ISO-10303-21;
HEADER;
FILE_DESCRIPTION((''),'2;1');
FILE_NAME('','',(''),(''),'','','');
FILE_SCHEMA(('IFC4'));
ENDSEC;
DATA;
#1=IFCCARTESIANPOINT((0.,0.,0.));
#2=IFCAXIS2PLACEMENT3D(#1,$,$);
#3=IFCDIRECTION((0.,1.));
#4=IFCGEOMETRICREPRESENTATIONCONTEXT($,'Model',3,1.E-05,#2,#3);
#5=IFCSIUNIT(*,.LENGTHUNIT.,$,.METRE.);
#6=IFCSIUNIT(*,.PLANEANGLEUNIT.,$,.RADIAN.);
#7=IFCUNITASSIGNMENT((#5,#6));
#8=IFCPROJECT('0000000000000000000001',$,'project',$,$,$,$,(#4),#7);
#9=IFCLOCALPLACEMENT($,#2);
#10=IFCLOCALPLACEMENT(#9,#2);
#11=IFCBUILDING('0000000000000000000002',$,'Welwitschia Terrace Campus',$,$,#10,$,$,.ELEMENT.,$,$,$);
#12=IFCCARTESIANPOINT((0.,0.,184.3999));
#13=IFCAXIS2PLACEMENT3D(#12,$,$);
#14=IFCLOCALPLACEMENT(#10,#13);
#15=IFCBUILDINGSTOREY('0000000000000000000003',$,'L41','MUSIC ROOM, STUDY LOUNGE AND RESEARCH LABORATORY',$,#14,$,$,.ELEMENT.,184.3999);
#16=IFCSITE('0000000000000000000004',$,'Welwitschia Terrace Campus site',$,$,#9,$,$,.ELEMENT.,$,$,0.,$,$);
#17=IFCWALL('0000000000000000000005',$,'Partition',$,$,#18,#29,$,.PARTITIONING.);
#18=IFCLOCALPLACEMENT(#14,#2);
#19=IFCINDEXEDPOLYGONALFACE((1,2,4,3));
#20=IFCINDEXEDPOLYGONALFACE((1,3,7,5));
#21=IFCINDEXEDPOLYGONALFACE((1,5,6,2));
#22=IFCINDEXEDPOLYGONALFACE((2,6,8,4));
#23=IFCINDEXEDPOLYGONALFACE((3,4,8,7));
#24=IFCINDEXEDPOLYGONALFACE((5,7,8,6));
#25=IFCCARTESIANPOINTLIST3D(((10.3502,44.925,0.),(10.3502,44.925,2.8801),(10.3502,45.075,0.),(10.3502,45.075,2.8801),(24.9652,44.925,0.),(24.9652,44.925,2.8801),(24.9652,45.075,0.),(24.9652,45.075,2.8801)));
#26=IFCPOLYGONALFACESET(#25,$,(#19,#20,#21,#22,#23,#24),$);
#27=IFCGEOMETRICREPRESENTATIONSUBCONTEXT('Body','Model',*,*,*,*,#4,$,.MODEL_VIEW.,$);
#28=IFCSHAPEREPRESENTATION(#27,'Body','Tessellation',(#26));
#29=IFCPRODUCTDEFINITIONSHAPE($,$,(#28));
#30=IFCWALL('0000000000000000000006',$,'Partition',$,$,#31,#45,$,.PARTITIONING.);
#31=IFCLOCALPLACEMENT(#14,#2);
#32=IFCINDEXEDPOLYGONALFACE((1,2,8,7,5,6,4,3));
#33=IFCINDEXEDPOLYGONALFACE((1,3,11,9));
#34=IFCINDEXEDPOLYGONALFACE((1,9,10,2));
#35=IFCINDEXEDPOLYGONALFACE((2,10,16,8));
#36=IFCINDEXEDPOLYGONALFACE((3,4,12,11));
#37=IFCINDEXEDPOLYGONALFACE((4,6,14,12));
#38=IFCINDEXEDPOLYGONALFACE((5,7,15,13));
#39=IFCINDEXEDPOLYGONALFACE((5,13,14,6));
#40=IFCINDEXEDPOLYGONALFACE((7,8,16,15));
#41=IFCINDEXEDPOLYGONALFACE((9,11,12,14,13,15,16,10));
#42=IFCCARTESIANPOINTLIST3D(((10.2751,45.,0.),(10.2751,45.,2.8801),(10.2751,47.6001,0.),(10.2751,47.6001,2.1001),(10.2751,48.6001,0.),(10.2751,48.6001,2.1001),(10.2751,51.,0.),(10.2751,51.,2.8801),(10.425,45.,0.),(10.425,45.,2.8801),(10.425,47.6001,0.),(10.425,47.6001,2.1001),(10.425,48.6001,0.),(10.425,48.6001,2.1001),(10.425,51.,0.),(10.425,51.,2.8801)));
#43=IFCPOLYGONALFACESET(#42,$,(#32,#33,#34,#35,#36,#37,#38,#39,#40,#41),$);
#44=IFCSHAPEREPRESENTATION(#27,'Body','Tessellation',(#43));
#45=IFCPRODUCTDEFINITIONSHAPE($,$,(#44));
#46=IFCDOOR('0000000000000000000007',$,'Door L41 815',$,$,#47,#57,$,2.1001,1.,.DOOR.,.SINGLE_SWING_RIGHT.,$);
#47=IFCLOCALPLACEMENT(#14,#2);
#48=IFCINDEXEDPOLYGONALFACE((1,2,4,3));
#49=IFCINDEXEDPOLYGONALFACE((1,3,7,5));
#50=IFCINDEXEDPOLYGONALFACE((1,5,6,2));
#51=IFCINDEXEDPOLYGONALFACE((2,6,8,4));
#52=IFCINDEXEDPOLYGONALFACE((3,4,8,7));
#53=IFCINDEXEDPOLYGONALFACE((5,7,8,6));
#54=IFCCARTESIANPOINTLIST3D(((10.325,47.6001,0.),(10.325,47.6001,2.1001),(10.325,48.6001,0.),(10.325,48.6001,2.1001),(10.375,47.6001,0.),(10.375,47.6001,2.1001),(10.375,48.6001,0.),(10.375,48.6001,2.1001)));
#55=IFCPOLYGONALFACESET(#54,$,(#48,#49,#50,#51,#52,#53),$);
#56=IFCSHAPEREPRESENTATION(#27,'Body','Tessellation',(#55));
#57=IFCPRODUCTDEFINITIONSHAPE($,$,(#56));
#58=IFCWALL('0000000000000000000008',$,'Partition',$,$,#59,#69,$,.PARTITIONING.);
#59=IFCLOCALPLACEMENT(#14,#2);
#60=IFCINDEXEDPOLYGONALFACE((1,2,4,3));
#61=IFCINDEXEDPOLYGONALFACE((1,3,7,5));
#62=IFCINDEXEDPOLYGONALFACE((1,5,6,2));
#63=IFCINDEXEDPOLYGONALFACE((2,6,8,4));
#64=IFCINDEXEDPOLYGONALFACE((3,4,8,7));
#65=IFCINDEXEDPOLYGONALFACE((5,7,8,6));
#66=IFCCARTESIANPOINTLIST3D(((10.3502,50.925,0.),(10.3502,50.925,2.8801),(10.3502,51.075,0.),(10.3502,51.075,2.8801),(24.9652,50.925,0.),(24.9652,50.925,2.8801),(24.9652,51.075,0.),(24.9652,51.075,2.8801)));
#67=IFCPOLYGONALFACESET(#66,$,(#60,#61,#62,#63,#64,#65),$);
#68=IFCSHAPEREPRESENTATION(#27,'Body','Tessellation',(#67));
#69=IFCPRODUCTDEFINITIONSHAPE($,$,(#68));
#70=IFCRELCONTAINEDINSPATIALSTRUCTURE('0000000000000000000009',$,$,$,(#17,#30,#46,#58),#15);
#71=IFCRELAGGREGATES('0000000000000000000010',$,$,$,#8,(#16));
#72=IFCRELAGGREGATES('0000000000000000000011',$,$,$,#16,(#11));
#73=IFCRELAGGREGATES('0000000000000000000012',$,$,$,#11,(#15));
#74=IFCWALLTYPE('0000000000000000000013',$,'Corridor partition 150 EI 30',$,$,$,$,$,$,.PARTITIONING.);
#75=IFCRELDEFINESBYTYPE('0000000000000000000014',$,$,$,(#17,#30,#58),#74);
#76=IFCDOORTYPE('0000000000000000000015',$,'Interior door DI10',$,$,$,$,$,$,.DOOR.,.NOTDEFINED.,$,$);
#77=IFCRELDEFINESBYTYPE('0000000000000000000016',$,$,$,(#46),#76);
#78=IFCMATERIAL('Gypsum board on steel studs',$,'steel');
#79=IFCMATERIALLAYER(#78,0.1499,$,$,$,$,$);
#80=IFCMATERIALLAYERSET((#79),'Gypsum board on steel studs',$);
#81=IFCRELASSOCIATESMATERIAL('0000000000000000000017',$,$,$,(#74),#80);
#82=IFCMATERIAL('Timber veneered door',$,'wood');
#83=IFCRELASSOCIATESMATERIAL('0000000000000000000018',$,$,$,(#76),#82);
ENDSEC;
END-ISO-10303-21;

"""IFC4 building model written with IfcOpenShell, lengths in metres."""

from ifc_helpers import new_model, si_unit, direction, frame, frame_2d, origin, place, context, subcontext, project, spatial, rectangle, extrude, material, layer, layer_set, type_object, element, fill, save


model = new_model("IFC4")

# Units and contexts
model_context = context("Model", 3, precision=1e-05, world=origin(), true_north=direction((0.0, 1.0)))
body_context = subcontext(model_context, "Body", "Model", "MODEL_VIEW")
ifc_project = project(units=[si_unit("LENGTHUNIT", "METRE"), si_unit("PLANEANGLEUNIT", "RADIAN")], contexts=[model_context])

# Site, building, storey
site_placement = place(None, origin())
site = spatial("IfcSite", under=ifc_project, at=site_placement, Name="Welwitschia Terrace Campus site", CompositionType="ELEMENT", RefElevation=0.0)
building_placement = place(site_placement, origin())
building = spatial("IfcBuilding", under=site, at=building_placement, Name="Welwitschia Terrace Campus", CompositionType="ELEMENT")
storey_placement = place(building_placement, frame((0.0, 0.0, 184.3999)))
storey = spatial("IfcBuildingStorey", under=building, at=storey_placement, Name="L41", Description="MUSIC ROOM, STUDY LOUNGE AND RESEARCH LABORATORY", CompositionType="ELEMENT", Elevation=184.3999)

# Shared definitions
ifc_material_1 = material(Name="Gypsum board on steel studs", Category="steel")
ifc_layer_1 = layer(ifc_material_1, 0.1499)
ifc_layer_set_1 = layer_set([ifc_layer_1], Name="Gypsum board on steel studs")
wall_type = type_object("IfcWallType", Name="Corridor partition 150 EI 30", PredefinedType="PARTITIONING", material=ifc_layer_set_1)
ifc_material_2 = material(Name="Timber veneered door", Category="wood")
door_type = type_object("IfcDoorType", Name="Interior door DI10", OperationType="NOTDEFINED", PredefinedType="DOOR", material=ifc_material_2)

# Wall
wall_1_placement = place(storey_placement, frame((10.3501, 45.0, 0.0), z_axis=(0.0, 0.0, 1.0), x_axis=(1.0, 0.0, 0.0)))
element("IfcWall", 1, at=wall_1_placement, inside=storey, type_object=wall_type, Name="Partition", PredefinedType="PARTITIONING", context=body_context, shape_type="SweptSolid", body=[
    extrude(rectangle(XDim=14.615, YDim=0.1499, at=frame_2d((7.3076, 0.0))), origin(), (0.0, 0.0, 1.0), 2.8801),
])

# Wall, opening, door
wall_2_placement = place(storey_placement, frame((10.3501, 51.0, 0.0), z_axis=(0.0, 0.0, 1.0), x_axis=(0.0, -1.0, 0.0)))
wall_2 = element("IfcWall", 2, at=wall_2_placement, inside=storey, type_object=wall_type, Name="Partition", PredefinedType="PARTITIONING", context=body_context, shape_type="SweptSolid", body=[
    extrude(rectangle(XDim=6.0, YDim=0.1499, at=frame_2d((3.0, 0.0))), origin(), (0.0, 0.0, 1.0), 2.8801),
])
opening_1_placement = place(wall_2_placement, frame((2.3999, 0.0, 0.0)))
opening_1 = element("IfcOpeningElement", 3, at=opening_1_placement, cuts=wall_2, PredefinedType="OPENING", context=body_context, shape_type="SweptSolid", body=[
    extrude(rectangle(XDim=1.0, YDim=2.1001, at=frame_2d((0.5, 1.05))), frame((0.0, 0.085, 0.0), z_axis=(0.0, -1.0, 0.0), x_axis=(1.0, 0.0, 0.0)), (0.0, 0.0, 1.0), 0.1699),
])
door_1_placement = place(opening_1_placement, origin())
door_1 = element("IfcDoor", 4, at=door_1_placement, inside=storey, type_object=door_type, Name="Door L41 815", OperationType="SINGLE_SWING_RIGHT", OverallHeight=2.1001, OverallWidth=1.0, PredefinedType="DOOR", context=body_context, shape_type="SweptSolid", body=[
    extrude(rectangle(XDim=1.0, YDim=2.1001, at=frame_2d((0.5, 1.05))), frame((0.0, 0.0249, 0.0), z_axis=(0.0, -1.0, 0.0), x_axis=(1.0, 0.0, 0.0)), (0.0, 0.0, 1.0), 0.05),
])
fill(opening_1, door_1)

# Wall
wall_3_placement = place(storey_placement, frame((10.3501, 51.0, 0.0), z_axis=(0.0, 0.0, 1.0), x_axis=(1.0, 0.0, 0.0)))
element("IfcWall", 5, at=wall_3_placement, inside=storey, type_object=wall_type, Name="Partition", PredefinedType="PARTITIONING", context=body_context, shape_type="SweptSolid", body=[
    extrude(rectangle(XDim=14.615, YDim=0.1499, at=frame_2d((7.3076, 0.0))), origin(), (0.0, 0.0, 1.0), 2.8801),
])

save(model, "model.ifc")
